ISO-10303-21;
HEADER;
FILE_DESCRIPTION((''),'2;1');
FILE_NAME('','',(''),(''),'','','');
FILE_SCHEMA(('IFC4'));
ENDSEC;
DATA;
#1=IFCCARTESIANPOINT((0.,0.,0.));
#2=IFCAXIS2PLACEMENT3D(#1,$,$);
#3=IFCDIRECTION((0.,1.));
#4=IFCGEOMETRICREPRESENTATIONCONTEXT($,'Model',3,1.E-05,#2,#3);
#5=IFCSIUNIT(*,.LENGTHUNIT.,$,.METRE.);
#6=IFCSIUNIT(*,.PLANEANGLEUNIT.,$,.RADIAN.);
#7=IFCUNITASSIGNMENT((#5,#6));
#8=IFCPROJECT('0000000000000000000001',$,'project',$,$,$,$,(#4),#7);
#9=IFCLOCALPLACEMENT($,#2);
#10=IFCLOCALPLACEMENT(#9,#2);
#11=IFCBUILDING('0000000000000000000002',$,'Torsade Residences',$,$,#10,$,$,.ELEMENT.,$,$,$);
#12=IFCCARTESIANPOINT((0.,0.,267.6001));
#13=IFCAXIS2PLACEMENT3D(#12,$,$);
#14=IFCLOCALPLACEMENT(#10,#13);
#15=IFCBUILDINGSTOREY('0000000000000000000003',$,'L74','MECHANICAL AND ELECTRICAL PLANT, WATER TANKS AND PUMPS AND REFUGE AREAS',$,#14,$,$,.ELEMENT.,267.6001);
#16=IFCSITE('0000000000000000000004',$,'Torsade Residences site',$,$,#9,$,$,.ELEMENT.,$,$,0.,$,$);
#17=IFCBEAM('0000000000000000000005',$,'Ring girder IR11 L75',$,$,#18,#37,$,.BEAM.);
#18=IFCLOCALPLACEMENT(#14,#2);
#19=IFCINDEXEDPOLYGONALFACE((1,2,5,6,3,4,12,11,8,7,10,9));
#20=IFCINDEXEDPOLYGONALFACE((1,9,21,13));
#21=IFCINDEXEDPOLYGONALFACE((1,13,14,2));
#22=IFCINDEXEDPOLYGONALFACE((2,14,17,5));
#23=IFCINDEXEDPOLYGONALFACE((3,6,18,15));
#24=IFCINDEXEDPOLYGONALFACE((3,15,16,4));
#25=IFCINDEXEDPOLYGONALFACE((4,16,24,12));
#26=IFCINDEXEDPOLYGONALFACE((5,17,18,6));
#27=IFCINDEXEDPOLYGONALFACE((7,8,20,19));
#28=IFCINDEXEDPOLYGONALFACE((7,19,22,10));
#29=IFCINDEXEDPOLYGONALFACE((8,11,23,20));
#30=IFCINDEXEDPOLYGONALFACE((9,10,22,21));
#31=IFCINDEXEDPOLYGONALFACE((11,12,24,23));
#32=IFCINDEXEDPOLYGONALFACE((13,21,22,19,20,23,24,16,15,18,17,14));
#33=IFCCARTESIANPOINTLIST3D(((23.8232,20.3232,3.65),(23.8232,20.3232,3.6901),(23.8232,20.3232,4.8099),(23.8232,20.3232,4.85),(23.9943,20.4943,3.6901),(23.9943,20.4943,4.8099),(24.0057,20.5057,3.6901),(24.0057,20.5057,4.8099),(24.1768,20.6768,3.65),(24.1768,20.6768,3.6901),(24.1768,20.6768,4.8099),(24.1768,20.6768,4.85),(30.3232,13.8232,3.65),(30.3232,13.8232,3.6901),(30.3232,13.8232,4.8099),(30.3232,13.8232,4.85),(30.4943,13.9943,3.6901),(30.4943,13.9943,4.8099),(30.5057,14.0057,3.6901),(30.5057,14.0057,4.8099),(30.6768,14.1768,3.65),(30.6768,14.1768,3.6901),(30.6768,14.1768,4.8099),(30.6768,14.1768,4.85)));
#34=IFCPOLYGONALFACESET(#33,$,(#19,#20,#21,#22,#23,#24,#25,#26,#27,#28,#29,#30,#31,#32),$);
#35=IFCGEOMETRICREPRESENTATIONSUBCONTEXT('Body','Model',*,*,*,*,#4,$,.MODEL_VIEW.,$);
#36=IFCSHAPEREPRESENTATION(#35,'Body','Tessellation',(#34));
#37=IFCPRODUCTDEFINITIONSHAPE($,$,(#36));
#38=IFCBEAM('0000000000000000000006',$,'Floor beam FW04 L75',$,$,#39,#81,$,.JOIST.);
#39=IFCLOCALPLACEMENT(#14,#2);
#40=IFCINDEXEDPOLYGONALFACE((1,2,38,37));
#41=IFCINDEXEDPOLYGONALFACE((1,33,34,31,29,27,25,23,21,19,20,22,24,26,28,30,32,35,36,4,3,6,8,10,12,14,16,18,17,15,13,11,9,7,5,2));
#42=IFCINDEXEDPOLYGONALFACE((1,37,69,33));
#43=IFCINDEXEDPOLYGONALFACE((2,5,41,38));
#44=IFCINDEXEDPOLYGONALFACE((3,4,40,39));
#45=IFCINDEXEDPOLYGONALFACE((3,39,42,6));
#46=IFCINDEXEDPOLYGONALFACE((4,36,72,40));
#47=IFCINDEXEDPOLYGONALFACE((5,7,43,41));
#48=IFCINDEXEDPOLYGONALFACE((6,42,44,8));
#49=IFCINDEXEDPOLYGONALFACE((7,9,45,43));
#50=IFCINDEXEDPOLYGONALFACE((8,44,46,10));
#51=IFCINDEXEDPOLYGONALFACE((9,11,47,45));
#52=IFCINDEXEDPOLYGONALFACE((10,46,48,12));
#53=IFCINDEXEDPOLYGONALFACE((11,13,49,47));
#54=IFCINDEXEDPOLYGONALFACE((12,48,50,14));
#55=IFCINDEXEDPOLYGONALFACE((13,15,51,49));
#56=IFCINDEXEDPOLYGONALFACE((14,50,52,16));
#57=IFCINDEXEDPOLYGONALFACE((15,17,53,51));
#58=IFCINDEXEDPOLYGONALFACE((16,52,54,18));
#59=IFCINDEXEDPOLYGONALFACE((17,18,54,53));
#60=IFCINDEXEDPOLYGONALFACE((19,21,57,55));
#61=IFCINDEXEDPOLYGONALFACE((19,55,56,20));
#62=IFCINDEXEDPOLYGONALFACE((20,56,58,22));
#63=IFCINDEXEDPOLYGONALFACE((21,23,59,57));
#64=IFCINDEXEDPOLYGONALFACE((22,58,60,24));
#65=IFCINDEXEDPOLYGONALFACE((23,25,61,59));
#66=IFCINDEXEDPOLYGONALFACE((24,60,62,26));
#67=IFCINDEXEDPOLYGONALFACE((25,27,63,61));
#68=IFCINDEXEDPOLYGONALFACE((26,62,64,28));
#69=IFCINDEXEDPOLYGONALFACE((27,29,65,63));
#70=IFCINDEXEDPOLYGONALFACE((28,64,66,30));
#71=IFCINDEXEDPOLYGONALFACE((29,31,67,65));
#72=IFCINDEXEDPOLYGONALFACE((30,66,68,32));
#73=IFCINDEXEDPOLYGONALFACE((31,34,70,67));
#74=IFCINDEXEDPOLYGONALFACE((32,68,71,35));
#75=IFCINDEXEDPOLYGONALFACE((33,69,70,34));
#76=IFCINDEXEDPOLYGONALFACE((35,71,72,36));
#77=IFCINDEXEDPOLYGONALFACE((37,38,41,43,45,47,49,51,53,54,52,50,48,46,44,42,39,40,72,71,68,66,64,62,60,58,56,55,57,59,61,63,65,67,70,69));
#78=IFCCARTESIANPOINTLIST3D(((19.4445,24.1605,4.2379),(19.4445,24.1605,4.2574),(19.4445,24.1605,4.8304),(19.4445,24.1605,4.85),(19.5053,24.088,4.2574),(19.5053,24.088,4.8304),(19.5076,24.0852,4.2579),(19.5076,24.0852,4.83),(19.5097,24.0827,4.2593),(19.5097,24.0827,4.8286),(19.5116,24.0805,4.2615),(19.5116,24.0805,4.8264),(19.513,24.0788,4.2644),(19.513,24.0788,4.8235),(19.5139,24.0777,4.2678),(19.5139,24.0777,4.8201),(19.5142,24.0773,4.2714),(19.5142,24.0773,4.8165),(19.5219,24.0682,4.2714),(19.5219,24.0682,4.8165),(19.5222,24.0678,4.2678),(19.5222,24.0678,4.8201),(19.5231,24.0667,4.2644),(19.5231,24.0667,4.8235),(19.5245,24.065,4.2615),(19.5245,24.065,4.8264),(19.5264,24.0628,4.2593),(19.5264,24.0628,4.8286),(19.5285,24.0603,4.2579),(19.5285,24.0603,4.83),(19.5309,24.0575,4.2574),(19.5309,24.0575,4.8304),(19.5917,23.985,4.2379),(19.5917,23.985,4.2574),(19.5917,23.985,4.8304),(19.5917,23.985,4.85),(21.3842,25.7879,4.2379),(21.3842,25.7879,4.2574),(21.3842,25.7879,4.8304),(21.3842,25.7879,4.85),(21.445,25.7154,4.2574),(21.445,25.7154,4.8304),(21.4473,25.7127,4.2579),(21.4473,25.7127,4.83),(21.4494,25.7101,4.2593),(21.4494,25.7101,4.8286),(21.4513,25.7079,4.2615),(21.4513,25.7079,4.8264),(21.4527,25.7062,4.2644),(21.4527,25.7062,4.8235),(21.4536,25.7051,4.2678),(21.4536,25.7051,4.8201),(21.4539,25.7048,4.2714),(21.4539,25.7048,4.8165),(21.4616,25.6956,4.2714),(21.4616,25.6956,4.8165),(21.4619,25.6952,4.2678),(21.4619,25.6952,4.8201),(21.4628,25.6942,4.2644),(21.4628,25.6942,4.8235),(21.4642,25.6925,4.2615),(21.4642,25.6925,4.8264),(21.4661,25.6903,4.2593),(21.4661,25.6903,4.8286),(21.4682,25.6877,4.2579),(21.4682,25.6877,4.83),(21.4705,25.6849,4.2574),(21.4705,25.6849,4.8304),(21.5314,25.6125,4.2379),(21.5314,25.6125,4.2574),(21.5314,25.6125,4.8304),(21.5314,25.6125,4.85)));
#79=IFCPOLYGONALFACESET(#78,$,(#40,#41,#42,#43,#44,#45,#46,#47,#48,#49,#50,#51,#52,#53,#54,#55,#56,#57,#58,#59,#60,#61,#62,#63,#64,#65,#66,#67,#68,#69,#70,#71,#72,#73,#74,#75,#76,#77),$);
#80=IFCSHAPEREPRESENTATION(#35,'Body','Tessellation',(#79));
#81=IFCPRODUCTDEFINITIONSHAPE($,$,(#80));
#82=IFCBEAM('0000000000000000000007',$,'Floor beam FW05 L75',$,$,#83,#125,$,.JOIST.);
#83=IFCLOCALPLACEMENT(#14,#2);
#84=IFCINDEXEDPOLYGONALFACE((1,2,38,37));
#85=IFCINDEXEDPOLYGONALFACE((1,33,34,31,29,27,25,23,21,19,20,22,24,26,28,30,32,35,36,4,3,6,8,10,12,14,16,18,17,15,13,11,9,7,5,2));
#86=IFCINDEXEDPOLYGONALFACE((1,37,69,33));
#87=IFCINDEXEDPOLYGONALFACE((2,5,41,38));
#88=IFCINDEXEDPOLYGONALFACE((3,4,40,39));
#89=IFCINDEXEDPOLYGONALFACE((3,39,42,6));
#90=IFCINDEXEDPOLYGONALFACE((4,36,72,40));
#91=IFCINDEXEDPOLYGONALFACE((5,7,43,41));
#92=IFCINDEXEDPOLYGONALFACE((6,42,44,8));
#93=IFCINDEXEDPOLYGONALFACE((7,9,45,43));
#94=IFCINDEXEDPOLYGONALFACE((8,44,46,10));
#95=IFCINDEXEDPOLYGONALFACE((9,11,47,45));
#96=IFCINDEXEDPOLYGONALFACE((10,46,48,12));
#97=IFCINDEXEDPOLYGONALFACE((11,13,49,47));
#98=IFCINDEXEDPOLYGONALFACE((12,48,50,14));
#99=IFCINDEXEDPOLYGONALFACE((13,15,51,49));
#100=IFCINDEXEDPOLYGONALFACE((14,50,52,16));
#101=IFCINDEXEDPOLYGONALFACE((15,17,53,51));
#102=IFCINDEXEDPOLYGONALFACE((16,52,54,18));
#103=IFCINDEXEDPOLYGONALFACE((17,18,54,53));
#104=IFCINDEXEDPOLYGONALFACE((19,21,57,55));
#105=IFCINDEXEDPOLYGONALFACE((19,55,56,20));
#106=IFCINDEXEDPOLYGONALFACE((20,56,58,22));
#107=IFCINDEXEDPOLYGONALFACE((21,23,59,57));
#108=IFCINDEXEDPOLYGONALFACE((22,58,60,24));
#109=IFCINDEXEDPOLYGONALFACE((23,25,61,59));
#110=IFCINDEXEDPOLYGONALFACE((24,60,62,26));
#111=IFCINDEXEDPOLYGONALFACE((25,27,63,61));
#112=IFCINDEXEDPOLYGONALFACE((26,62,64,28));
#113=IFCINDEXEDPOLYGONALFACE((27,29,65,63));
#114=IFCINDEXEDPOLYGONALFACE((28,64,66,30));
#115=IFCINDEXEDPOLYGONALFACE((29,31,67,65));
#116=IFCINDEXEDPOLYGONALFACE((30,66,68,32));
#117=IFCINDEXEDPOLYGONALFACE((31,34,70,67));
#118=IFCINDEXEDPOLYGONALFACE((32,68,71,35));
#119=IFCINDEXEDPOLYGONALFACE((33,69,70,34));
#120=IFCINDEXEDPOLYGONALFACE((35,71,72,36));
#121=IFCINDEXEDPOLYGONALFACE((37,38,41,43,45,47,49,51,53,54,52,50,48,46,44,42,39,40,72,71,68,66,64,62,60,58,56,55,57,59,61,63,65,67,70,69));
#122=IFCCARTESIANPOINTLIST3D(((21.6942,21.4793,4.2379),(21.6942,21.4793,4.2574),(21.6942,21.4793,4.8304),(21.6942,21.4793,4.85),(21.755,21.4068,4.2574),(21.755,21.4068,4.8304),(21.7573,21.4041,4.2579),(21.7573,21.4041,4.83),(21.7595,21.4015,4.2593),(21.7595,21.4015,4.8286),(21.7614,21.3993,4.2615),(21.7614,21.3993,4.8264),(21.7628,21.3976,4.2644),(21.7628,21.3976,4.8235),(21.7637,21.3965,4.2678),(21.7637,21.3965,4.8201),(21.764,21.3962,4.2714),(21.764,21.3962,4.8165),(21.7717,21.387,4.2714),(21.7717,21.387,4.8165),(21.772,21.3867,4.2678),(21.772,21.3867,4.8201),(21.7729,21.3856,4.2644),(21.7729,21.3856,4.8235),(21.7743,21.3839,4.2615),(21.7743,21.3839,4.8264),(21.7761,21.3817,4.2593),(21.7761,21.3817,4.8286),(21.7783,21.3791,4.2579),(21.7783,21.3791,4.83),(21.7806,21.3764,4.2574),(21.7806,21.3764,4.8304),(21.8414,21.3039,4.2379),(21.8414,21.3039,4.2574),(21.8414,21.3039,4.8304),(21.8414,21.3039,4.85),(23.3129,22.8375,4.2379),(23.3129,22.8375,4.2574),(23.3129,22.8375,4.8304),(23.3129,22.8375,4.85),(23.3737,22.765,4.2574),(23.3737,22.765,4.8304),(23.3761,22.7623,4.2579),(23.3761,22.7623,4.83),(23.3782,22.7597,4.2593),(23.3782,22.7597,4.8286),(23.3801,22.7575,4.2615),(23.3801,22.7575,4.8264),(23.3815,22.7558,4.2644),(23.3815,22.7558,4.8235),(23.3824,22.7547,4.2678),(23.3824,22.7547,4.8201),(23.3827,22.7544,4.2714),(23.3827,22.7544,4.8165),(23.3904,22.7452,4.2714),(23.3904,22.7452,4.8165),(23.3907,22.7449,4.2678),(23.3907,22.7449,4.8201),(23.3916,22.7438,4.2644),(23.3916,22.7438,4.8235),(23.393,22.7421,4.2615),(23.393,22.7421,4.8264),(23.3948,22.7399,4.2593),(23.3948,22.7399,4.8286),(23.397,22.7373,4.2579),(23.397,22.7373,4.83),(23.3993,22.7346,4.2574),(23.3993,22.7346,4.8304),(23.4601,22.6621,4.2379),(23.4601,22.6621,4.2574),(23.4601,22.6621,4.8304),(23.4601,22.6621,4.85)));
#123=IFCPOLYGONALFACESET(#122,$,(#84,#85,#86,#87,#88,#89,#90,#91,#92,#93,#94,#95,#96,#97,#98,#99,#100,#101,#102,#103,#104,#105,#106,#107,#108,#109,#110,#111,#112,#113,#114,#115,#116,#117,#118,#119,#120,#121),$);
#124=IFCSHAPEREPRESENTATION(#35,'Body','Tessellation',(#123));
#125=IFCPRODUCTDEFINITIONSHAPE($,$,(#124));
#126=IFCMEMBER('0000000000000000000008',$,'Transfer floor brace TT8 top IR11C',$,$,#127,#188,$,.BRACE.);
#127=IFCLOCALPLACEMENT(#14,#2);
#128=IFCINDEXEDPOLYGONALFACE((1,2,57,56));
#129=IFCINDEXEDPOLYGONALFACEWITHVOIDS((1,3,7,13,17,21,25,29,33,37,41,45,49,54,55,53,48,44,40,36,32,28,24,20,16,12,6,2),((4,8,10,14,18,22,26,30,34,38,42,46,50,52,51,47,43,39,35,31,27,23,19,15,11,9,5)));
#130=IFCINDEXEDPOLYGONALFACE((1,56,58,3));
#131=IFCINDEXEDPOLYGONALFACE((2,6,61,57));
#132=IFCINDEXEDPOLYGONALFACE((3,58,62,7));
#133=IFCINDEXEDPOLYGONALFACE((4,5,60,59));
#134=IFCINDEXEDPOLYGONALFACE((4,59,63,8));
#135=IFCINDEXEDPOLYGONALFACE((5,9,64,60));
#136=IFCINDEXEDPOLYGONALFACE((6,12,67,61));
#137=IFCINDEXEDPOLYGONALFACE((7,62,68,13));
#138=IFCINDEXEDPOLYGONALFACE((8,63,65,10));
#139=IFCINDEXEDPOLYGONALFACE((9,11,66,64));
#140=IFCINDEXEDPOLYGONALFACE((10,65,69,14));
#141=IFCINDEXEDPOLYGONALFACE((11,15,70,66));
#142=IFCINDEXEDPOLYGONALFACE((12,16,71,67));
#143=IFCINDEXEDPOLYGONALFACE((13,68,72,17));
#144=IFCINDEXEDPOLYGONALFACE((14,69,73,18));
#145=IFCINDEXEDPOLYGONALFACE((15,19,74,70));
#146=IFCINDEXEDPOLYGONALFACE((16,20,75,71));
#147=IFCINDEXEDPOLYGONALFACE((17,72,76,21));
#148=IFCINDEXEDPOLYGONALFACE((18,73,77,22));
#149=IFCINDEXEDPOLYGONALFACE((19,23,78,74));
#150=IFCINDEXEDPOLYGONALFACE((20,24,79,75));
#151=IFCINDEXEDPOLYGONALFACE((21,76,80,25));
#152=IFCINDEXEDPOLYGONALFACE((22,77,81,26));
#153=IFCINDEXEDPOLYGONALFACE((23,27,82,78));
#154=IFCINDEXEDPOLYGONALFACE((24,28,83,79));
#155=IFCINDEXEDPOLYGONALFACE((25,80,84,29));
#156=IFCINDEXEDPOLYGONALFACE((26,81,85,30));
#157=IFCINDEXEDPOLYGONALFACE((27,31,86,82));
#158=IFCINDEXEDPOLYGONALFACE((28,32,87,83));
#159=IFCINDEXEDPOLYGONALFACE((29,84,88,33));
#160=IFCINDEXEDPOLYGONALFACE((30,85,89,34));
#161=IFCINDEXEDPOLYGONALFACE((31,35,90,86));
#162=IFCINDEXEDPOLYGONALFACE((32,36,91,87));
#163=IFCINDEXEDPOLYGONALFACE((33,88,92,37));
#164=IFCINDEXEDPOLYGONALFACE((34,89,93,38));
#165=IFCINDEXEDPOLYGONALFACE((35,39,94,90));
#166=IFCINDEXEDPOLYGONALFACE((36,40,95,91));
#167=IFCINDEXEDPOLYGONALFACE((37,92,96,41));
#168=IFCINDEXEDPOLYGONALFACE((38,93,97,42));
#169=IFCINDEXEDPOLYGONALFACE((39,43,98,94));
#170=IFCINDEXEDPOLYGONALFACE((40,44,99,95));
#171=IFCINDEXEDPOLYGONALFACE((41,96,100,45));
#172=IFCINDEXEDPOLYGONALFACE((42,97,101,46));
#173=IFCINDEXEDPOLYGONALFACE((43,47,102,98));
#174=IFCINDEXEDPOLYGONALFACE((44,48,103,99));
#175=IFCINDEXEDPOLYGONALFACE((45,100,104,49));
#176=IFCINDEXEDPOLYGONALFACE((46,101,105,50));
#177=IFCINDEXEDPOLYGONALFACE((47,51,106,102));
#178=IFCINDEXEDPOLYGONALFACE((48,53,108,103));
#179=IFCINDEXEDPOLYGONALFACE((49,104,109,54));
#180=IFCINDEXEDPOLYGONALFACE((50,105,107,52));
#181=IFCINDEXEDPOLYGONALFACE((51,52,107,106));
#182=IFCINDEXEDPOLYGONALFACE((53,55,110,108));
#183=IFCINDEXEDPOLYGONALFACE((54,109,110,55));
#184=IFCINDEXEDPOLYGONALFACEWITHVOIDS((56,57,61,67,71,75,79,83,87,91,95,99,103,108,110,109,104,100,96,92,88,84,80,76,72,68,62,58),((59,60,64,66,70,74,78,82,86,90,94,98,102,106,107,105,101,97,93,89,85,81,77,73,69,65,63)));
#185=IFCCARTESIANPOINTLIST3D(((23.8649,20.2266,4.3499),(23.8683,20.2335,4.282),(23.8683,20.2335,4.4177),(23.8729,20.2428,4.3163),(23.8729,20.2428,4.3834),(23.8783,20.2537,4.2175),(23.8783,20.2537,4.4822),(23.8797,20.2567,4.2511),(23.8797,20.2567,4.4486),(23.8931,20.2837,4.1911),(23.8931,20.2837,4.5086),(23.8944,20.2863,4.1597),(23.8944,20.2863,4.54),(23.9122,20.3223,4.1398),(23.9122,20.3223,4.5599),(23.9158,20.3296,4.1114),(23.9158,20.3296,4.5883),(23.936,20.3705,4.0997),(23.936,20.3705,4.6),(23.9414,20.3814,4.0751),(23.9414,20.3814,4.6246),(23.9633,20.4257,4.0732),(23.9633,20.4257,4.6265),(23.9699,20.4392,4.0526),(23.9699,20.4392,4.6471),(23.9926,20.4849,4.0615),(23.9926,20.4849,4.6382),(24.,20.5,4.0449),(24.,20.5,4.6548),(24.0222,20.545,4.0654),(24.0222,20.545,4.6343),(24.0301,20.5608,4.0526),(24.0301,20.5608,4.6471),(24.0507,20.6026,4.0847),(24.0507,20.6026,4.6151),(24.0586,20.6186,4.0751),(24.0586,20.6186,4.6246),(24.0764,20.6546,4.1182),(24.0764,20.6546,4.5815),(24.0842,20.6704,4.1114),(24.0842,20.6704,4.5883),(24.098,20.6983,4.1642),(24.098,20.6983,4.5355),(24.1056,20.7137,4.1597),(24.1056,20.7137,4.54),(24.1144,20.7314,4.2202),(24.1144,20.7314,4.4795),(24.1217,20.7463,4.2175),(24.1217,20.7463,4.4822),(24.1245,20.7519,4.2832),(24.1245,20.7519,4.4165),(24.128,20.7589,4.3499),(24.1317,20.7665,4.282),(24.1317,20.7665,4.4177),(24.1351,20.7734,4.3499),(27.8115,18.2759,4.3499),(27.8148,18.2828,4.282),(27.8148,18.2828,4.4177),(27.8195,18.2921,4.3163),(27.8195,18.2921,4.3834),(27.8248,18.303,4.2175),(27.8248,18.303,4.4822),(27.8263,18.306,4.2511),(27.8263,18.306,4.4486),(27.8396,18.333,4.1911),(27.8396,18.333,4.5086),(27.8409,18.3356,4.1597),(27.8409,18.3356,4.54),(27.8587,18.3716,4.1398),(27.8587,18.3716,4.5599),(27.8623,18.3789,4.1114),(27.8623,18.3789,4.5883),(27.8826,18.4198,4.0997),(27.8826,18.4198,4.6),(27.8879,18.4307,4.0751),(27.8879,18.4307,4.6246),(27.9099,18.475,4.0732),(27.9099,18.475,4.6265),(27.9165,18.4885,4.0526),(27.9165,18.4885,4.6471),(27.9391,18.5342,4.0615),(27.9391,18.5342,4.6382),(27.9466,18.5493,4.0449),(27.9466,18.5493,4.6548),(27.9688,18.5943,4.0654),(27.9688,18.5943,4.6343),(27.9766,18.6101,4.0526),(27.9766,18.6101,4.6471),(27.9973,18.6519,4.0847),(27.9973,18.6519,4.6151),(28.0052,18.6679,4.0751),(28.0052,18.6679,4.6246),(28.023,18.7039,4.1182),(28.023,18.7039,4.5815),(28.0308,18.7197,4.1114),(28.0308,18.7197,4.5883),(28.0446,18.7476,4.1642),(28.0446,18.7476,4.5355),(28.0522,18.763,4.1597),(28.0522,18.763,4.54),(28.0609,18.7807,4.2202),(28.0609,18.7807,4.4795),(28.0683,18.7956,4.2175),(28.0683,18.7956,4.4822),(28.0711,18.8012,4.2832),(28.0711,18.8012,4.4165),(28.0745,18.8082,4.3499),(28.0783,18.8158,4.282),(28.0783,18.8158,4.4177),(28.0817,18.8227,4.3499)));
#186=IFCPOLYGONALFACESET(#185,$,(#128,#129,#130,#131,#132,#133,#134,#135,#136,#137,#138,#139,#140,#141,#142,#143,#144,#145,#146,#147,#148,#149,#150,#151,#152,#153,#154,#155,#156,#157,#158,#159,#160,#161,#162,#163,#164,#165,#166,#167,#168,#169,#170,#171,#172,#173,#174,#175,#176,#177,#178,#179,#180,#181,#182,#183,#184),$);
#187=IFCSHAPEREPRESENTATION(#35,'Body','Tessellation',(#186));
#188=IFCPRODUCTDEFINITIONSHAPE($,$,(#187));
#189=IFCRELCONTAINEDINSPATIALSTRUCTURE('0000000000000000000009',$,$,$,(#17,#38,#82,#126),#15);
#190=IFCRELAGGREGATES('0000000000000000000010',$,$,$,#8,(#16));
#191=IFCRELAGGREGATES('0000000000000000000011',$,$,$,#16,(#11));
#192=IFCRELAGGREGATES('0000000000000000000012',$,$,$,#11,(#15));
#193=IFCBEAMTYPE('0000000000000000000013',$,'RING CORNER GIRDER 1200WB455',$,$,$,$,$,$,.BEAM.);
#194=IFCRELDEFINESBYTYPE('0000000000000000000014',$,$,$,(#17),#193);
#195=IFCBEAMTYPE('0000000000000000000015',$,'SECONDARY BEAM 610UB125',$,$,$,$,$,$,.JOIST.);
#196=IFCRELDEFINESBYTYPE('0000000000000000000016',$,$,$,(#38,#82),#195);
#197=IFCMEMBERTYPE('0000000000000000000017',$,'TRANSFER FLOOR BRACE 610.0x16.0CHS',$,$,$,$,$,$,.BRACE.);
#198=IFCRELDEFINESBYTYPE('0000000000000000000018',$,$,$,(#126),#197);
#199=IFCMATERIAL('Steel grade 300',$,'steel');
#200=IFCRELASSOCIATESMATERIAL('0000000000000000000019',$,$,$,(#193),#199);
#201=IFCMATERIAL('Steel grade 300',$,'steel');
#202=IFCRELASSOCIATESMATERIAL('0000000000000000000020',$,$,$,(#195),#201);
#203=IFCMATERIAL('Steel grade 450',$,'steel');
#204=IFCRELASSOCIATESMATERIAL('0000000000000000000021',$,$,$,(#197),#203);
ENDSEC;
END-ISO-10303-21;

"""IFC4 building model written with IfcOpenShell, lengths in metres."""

from ifc_helpers import new_model, si_unit, direction, frame, origin, origin_2d, place, context, subcontext, project, spatial, hollow_circle, i_section, extrude, material, material_profile, profile_set, type_object, element, save


model = new_model("IFC4")

# Units and contexts
model_context = context("Model", 3, precision=1e-05, world=origin(), true_north=direction((0.0, 1.0)))
body_context = subcontext(model_context, "Body", "Model", "MODEL_VIEW")
ifc_project = project(units=[si_unit("LENGTHUNIT", "METRE"), si_unit("PLANEANGLEUNIT", "RADIAN")], contexts=[model_context])

# Site, building, storey
site_placement = place(None, origin())
site = spatial("IfcSite", under=ifc_project, at=site_placement, Name="Torsade Residences site", CompositionType="ELEMENT", RefElevation=0.0)
building_placement = place(site_placement, origin())
building = spatial("IfcBuilding", under=site, at=building_placement, Name="Torsade Residences", CompositionType="ELEMENT")
storey_placement = place(building_placement, frame((0.0, 0.0, 267.6001)))
storey = spatial("IfcBuildingStorey", under=building, at=storey_placement, Name="L74", Description="MECHANICAL AND ELECTRICAL PLANT, WATER TANKS AND PUMPS AND REFUGE AREAS", CompositionType="ELEMENT", Elevation=267.6001)

# Beams
ifc_material_1 = material(Name="Steel grade 300", Category="steel")
ifc_material_profile_1 = material_profile(ifc_material_1, i_section(OverallWidth=0.5, OverallDepth=1.2, WebThickness=0.0161, FlangeThickness=0.04, at=origin_2d()), Name="1200WB455")
ifc_profile_set_1 = profile_set([ifc_material_profile_1], Name="Steel grade 300")
beam_type_1 = type_object("IfcBeamType", Name="RING CORNER GIRDER 1200WB455", PredefinedType="BEAM", material=ifc_profile_set_1)
beam_1_placement = place(storey_placement, frame((24.0, 20.5, 4.25), z_axis=(0.707107, -0.707107, 0.0), x_axis=(0.707107, 0.707107, 0.0)))
element("IfcBeam", 1, at=beam_1_placement, inside=storey, type_object=beam_type_1, Name="Ring girder IR11 L75", PredefinedType="BEAM", context=body_context, shape_type="SweptSolid", body=[
    extrude(i_section(OverallWidth=0.5, OverallDepth=1.2, WebThickness=0.0161, FlangeThickness=0.04, at=origin_2d()), origin(), (0.0, 0.0, 1.0), 9.1924),
])
ifc_material_2 = material(Name="Steel grade 300", Category="steel")
ifc_material_profile_2 = material_profile(ifc_material_2, i_section(OverallWidth=0.229, OverallDepth=0.6121, WebThickness=0.012, FlangeThickness=0.0195, FilletRadius=0.0139, at=origin_2d()), Name="610UB125")
ifc_profile_set_2 = profile_set([ifc_material_profile_2], Name="Steel grade 300")
beam_type_2 = type_object("IfcBeamType", Name="SECONDARY BEAM 610UB125", PredefinedType="JOIST", material=ifc_profile_set_2)
beam_2_placement = place(storey_placement, frame((19.5181, 24.0728, 4.5439), z_axis=(0.766075, 0.642751, 0.0), x_axis=(-0.642751, 0.766075, 0.0)))
element("IfcBeam", 2, at=beam_2_placement, inside=storey, type_object=beam_type_2, Name="Floor beam FW04 L75", PredefinedType="JOIST", context=body_context, shape_type="SweptSolid", body=[
    extrude(i_section(OverallWidth=0.229, OverallDepth=0.6121, WebThickness=0.012, FlangeThickness=0.0195, FilletRadius=0.0139, at=origin_2d()), origin(), (0.0, 0.0, 1.0), 2.532),
])
beam_3_placement = place(storey_placement, frame((21.7678, 21.3916, 4.5439), z_axis=(0.766058, 0.642772, 0.0), x_axis=(-0.642772, 0.766058, 0.0)))
element("IfcBeam", 3, at=beam_3_placement, inside=storey, type_object=beam_type_2, Name="Floor beam FW05 L75", PredefinedType="JOIST", context=body_context, shape_type="SweptSolid", body=[
    extrude(i_section(OverallWidth=0.229, OverallDepth=0.6121, WebThickness=0.012, FlangeThickness=0.0195, FilletRadius=0.0139, at=origin_2d()), origin(), (0.0, 0.0, 1.0), 2.113),
])

# Member
ifc_material_3 = material(Name="Steel grade 450", Category="steel")
ifc_material_profile_3 = material_profile(ifc_material_3, hollow_circle(Radius=0.3049, WallThickness=0.0161, at=origin_2d()), Name="610.0x16.0CHS")
ifc_profile_set_3 = profile_set([ifc_material_profile_3], Name="Steel grade 450")
member_type_1 = type_object("IfcMemberType", Name="TRANSFER FLOOR BRACE 610.0x16.0CHS", PredefinedType="BRACE", material=ifc_profile_set_3)
member_1_placement = place(storey_placement, frame((24.0, 20.5, 4.3499), z_axis=(0.89647, -0.443105, 0.0), x_axis=(0.443105, 0.89647, 0.0)))
element("IfcMember", 4, at=member_1_placement, inside=storey, type_object=member_type_1, Name="Transfer floor brace TT8 top IR11C", PredefinedType="BRACE", context=body_context, shape_type="SweptSolid", body=[
    extrude(hollow_circle(Radius=0.3049, WallThickness=0.0161, at=origin_2d()), origin(), (0.0, 0.0, 1.0), 4.4023),
])

save(model, "model.ifc")
